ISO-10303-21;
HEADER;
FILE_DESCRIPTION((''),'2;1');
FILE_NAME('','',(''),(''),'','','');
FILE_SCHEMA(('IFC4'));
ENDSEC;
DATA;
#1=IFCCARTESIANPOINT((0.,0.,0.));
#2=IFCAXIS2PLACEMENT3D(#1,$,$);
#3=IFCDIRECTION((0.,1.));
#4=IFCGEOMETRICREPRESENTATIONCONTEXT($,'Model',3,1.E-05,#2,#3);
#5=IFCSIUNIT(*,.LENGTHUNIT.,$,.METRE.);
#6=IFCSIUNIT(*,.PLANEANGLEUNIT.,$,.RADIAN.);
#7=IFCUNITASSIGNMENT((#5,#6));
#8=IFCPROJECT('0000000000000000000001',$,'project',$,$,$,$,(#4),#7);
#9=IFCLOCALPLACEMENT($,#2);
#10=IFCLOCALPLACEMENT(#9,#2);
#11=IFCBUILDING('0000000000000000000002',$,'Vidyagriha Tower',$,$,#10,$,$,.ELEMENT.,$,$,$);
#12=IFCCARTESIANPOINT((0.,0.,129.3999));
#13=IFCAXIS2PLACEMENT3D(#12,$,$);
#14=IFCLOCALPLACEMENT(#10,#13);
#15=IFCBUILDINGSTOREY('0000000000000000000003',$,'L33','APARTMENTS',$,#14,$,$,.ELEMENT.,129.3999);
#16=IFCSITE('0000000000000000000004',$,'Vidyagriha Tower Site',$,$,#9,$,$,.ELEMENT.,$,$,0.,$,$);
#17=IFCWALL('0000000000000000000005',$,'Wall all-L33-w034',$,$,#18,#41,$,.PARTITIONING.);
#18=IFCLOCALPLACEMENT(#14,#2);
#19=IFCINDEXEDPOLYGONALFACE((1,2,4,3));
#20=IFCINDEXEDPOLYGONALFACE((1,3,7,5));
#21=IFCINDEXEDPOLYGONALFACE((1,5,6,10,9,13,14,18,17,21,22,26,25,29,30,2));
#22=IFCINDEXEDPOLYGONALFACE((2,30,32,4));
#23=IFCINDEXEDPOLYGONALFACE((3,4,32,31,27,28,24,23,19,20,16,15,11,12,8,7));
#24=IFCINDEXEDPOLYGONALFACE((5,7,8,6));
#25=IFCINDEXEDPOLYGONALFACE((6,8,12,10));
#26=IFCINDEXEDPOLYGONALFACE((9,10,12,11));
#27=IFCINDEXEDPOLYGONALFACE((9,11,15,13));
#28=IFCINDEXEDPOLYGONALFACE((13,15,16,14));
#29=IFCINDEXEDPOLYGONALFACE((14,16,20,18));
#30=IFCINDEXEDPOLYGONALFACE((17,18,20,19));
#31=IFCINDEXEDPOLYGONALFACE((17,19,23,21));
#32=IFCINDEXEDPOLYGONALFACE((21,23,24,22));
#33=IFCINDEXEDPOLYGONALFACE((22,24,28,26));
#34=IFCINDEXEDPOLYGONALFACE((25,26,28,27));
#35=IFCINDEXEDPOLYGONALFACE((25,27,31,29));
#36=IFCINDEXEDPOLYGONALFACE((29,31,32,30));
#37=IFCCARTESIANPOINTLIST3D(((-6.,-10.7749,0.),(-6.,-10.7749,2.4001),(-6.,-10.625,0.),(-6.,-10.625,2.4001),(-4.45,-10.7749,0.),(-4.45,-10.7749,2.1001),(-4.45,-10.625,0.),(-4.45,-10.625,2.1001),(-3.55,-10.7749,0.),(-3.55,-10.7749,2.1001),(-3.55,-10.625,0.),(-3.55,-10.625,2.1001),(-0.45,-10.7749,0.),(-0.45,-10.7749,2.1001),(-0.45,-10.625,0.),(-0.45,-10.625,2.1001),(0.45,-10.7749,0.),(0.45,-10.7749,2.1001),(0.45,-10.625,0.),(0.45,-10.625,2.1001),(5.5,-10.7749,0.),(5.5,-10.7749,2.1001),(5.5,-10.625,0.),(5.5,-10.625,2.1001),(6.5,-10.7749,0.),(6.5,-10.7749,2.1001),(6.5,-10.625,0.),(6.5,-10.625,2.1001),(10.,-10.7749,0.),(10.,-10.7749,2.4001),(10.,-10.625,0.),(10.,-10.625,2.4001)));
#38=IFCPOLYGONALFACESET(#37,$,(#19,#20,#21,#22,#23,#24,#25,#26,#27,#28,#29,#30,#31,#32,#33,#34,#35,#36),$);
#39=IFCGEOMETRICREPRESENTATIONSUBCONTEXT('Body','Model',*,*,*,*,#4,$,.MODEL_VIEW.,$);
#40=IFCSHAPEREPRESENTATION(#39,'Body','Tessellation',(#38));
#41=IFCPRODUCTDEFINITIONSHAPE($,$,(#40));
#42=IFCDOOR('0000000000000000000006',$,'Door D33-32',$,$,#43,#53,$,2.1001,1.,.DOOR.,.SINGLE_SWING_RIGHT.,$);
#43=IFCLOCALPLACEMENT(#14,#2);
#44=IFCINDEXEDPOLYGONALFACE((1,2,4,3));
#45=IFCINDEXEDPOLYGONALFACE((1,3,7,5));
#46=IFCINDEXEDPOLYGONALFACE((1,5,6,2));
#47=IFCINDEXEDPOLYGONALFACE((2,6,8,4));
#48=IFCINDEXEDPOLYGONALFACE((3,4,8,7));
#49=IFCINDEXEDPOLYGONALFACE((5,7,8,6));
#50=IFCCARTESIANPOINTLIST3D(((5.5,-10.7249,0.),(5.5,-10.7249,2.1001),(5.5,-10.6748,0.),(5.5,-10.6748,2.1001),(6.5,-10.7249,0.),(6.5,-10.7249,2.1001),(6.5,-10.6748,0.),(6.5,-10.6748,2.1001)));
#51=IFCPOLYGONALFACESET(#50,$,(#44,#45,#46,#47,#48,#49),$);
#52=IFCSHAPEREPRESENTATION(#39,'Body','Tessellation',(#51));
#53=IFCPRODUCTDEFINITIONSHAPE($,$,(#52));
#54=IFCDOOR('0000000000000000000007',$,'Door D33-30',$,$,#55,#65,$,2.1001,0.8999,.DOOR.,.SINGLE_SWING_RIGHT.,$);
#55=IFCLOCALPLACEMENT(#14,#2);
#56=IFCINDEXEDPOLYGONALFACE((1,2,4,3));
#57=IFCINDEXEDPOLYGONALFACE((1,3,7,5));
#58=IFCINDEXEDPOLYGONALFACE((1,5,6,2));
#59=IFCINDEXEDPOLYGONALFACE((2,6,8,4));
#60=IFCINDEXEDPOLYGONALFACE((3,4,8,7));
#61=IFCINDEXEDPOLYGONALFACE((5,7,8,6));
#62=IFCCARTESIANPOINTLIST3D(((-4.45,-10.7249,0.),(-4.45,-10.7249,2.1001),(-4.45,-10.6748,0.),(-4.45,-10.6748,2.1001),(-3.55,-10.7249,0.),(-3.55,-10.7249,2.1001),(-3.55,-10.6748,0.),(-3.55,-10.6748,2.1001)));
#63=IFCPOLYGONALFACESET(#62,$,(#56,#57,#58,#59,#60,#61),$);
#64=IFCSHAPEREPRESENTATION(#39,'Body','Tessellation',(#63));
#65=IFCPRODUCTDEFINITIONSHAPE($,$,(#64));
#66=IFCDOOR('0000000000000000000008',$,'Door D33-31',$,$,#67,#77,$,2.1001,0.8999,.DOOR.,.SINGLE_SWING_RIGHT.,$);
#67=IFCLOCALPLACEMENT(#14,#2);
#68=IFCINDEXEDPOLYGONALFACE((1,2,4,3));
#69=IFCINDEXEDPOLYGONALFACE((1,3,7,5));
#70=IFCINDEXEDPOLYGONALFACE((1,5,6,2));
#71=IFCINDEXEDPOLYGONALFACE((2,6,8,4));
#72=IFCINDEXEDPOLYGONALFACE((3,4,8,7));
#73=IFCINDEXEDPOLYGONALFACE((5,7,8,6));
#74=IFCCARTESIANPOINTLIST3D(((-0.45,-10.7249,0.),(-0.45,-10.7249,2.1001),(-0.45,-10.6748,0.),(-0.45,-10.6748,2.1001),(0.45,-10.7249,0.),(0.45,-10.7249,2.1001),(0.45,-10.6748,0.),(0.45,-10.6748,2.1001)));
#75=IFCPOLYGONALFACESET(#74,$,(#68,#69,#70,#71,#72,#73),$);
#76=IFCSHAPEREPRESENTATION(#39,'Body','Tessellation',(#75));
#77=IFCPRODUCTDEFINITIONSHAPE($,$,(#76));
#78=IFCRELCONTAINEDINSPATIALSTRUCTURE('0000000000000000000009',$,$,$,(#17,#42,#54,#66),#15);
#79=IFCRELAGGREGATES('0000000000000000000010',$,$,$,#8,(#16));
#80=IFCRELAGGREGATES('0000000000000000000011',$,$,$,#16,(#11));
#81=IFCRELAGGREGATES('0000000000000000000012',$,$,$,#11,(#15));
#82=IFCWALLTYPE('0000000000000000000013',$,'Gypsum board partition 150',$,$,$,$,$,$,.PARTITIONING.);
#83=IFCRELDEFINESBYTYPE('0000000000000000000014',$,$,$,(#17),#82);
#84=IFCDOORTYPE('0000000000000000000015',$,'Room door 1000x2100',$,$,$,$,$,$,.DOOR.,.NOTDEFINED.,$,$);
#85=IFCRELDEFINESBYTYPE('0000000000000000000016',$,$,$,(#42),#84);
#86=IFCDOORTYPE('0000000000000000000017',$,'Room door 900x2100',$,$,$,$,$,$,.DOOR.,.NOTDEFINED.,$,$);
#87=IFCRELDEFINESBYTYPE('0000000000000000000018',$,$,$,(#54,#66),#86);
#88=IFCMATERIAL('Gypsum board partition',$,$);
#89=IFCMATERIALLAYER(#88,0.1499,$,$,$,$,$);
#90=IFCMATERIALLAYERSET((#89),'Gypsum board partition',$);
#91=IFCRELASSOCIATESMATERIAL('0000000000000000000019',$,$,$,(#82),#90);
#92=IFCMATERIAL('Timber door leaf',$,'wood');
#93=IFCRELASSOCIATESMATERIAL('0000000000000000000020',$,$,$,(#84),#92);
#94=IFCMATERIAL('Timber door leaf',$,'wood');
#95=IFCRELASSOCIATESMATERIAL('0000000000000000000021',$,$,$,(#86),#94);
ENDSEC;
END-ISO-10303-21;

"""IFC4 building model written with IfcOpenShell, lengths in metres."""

from ifc_helpers import new_model, si_unit, direction, frame, frame_2d, origin, place, context, subcontext, project, spatial, rectangle, extrude, material, layer, layer_set, type_object, element, fill, save


model = new_model("IFC4")

# Units and contexts
model_context = context("Model", 3, precision=1e-05, world=origin(), true_north=direction((0.0, 1.0)))
body_context = subcontext(model_context, "Body", "Model", "MODEL_VIEW")
ifc_project = project(units=[si_unit("LENGTHUNIT", "METRE"), si_unit("PLANEANGLEUNIT", "RADIAN")], contexts=[model_context])

# Site, building, storey
site_placement = place(None, origin())
site = spatial("IfcSite", under=ifc_project, at=site_placement, Name="Vidyagriha Tower Site", CompositionType="ELEMENT", RefElevation=0.0)
building_placement = place(site_placement, origin())
building = spatial("IfcBuilding", under=site, at=building_placement, Name="Vidyagriha Tower", CompositionType="ELEMENT")
storey_placement = place(building_placement, frame((0.0, 0.0, 129.3999)))
storey = spatial("IfcBuildingStorey", under=building, at=storey_placement, Name="L33", Description="APARTMENTS", CompositionType="ELEMENT", Elevation=129.3999)

# Shared definitions
ifc_material_1 = material(Name="Gypsum board partition")
ifc_layer_1 = layer(ifc_material_1, 0.1499)
ifc_layer_set_1 = layer_set([ifc_layer_1], Name="Gypsum board partition")
wall_type = type_object("IfcWallType", Name="Gypsum board partition 150", PredefinedType="PARTITIONING", material=ifc_layer_set_1)

# Wall, openings, doors
wall_placement = place(storey_placement, frame((10.0, -10.7, 0.0), z_axis=(0.0, 0.0, 1.0), x_axis=(-1.0, 0.0, 0.0)))
wall = element("IfcWall", 1, at=wall_placement, inside=storey, type_object=wall_type, Name="Wall all-L33-w034", PredefinedType="PARTITIONING", context=body_context, shape_type="SweptSolid", body=[
    extrude(rectangle(XDim=16.0, YDim=0.1499, at=frame_2d((8.0, 0.0))), origin(), (0.0, 0.0, 1.0), 2.4001),
])
opening_1_placement = place(wall_placement, frame((13.55, 0.0, 0.0)))
opening_1 = element("IfcOpeningElement", 2, at=opening_1_placement, cuts=wall, PredefinedType="OPENING", context=body_context, shape_type="SweptSolid", body=[
    extrude(rectangle(XDim=0.8999, YDim=2.1001, at=frame_2d((0.45, 1.05))), frame((0.0, 0.085, 0.0), z_axis=(0.0, -1.0, 0.0), x_axis=(1.0, 0.0, 0.0)), (0.0, 0.0, 1.0), 0.1699),
])
opening_2_placement = place(wall_placement, frame((9.55, 0.0, 0.0)))
opening_2 = element("IfcOpeningElement", 3, at=opening_2_placement, cuts=wall, PredefinedType="OPENING", context=body_context, shape_type="SweptSolid", body=[
    extrude(rectangle(XDim=0.8999, YDim=2.1001, at=frame_2d((0.45, 1.05))), frame((0.0, 0.085, 0.0), z_axis=(0.0, -1.0, 0.0), x_axis=(1.0, 0.0, 0.0)), (0.0, 0.0, 1.0), 0.1699),
])
opening_3_placement = place(wall_placement, frame((3.5, 0.0, 0.0)))
opening_3 = element("IfcOpeningElement", 4, at=opening_3_placement, cuts=wall, PredefinedType="OPENING", context=body_context, shape_type="SweptSolid", body=[
    extrude(rectangle(XDim=1.0, YDim=2.1001, at=frame_2d((0.5, 1.05))), frame((0.0, 0.085, 0.0), z_axis=(0.0, -1.0, 0.0), x_axis=(1.0, 0.0, 0.0)), (0.0, 0.0, 1.0), 0.1699),
])
ifc_material_2 = material(Name="Timber door leaf", Category="wood")
door_type_1 = type_object("IfcDoorType", Name="Room door 1000x2100", OperationType="NOTDEFINED", PredefinedType="DOOR", material=ifc_material_2)
door_1_placement = place(opening_3_placement, origin())
door_1 = element("IfcDoor", 5, at=door_1_placement, inside=storey, type_object=door_type_1, Name="Door D33-32", OperationType="SINGLE_SWING_RIGHT", OverallHeight=2.1001, OverallWidth=1.0, PredefinedType="DOOR", context=body_context, shape_type="SweptSolid", body=[
    extrude(rectangle(XDim=1.0, YDim=2.1001, at=frame_2d((0.5, 1.05))), frame((0.0, 0.0249, 0.0), z_axis=(0.0, -1.0, 0.0), x_axis=(1.0, 0.0, 0.0)), (0.0, 0.0, 1.0), 0.05),
])
fill(opening_3, door_1)
ifc_material_3 = material(Name="Timber door leaf", Category="wood")
door_type_2 = type_object("IfcDoorType", Name="Room door 900x2100", OperationType="NOTDEFINED", PredefinedType="DOOR", material=ifc_material_3)
door_2_placement = place(opening_1_placement, origin())
door_2 = element("IfcDoor", 6, at=door_2_placement, inside=storey, type_object=door_type_2, Name="Door D33-30", OperationType="SINGLE_SWING_RIGHT", OverallHeight=2.1001, OverallWidth=0.8999, PredefinedType="DOOR", context=body_context, shape_type="SweptSolid", body=[
    extrude(rectangle(XDim=0.8999, YDim=2.1001, at=frame_2d((0.45, 1.05))), frame((0.0, 0.0249, 0.0), z_axis=(0.0, -1.0, 0.0), x_axis=(1.0, 0.0, 0.0)), (0.0, 0.0, 1.0), 0.05),
])
fill(opening_1, door_2)
door_3_placement = place(opening_2_placement, origin())
door_3 = element("IfcDoor", 7, at=door_3_placement, inside=storey, type_object=door_type_2, Name="Door D33-31", OperationType="SINGLE_SWING_RIGHT", OverallHeight=2.1001, OverallWidth=0.8999, PredefinedType="DOOR", context=body_context, shape_type="SweptSolid", body=[
    extrude(rectangle(XDim=0.8999, YDim=2.1001, at=frame_2d((0.45, 1.05))), frame((0.0, 0.0249, 0.0), z_axis=(0.0, -1.0, 0.0), x_axis=(1.0, 0.0, 0.0)), (0.0, 0.0, 1.0), 0.05),
])
fill(opening_2, door_3)

save(model, "model.ifc")
